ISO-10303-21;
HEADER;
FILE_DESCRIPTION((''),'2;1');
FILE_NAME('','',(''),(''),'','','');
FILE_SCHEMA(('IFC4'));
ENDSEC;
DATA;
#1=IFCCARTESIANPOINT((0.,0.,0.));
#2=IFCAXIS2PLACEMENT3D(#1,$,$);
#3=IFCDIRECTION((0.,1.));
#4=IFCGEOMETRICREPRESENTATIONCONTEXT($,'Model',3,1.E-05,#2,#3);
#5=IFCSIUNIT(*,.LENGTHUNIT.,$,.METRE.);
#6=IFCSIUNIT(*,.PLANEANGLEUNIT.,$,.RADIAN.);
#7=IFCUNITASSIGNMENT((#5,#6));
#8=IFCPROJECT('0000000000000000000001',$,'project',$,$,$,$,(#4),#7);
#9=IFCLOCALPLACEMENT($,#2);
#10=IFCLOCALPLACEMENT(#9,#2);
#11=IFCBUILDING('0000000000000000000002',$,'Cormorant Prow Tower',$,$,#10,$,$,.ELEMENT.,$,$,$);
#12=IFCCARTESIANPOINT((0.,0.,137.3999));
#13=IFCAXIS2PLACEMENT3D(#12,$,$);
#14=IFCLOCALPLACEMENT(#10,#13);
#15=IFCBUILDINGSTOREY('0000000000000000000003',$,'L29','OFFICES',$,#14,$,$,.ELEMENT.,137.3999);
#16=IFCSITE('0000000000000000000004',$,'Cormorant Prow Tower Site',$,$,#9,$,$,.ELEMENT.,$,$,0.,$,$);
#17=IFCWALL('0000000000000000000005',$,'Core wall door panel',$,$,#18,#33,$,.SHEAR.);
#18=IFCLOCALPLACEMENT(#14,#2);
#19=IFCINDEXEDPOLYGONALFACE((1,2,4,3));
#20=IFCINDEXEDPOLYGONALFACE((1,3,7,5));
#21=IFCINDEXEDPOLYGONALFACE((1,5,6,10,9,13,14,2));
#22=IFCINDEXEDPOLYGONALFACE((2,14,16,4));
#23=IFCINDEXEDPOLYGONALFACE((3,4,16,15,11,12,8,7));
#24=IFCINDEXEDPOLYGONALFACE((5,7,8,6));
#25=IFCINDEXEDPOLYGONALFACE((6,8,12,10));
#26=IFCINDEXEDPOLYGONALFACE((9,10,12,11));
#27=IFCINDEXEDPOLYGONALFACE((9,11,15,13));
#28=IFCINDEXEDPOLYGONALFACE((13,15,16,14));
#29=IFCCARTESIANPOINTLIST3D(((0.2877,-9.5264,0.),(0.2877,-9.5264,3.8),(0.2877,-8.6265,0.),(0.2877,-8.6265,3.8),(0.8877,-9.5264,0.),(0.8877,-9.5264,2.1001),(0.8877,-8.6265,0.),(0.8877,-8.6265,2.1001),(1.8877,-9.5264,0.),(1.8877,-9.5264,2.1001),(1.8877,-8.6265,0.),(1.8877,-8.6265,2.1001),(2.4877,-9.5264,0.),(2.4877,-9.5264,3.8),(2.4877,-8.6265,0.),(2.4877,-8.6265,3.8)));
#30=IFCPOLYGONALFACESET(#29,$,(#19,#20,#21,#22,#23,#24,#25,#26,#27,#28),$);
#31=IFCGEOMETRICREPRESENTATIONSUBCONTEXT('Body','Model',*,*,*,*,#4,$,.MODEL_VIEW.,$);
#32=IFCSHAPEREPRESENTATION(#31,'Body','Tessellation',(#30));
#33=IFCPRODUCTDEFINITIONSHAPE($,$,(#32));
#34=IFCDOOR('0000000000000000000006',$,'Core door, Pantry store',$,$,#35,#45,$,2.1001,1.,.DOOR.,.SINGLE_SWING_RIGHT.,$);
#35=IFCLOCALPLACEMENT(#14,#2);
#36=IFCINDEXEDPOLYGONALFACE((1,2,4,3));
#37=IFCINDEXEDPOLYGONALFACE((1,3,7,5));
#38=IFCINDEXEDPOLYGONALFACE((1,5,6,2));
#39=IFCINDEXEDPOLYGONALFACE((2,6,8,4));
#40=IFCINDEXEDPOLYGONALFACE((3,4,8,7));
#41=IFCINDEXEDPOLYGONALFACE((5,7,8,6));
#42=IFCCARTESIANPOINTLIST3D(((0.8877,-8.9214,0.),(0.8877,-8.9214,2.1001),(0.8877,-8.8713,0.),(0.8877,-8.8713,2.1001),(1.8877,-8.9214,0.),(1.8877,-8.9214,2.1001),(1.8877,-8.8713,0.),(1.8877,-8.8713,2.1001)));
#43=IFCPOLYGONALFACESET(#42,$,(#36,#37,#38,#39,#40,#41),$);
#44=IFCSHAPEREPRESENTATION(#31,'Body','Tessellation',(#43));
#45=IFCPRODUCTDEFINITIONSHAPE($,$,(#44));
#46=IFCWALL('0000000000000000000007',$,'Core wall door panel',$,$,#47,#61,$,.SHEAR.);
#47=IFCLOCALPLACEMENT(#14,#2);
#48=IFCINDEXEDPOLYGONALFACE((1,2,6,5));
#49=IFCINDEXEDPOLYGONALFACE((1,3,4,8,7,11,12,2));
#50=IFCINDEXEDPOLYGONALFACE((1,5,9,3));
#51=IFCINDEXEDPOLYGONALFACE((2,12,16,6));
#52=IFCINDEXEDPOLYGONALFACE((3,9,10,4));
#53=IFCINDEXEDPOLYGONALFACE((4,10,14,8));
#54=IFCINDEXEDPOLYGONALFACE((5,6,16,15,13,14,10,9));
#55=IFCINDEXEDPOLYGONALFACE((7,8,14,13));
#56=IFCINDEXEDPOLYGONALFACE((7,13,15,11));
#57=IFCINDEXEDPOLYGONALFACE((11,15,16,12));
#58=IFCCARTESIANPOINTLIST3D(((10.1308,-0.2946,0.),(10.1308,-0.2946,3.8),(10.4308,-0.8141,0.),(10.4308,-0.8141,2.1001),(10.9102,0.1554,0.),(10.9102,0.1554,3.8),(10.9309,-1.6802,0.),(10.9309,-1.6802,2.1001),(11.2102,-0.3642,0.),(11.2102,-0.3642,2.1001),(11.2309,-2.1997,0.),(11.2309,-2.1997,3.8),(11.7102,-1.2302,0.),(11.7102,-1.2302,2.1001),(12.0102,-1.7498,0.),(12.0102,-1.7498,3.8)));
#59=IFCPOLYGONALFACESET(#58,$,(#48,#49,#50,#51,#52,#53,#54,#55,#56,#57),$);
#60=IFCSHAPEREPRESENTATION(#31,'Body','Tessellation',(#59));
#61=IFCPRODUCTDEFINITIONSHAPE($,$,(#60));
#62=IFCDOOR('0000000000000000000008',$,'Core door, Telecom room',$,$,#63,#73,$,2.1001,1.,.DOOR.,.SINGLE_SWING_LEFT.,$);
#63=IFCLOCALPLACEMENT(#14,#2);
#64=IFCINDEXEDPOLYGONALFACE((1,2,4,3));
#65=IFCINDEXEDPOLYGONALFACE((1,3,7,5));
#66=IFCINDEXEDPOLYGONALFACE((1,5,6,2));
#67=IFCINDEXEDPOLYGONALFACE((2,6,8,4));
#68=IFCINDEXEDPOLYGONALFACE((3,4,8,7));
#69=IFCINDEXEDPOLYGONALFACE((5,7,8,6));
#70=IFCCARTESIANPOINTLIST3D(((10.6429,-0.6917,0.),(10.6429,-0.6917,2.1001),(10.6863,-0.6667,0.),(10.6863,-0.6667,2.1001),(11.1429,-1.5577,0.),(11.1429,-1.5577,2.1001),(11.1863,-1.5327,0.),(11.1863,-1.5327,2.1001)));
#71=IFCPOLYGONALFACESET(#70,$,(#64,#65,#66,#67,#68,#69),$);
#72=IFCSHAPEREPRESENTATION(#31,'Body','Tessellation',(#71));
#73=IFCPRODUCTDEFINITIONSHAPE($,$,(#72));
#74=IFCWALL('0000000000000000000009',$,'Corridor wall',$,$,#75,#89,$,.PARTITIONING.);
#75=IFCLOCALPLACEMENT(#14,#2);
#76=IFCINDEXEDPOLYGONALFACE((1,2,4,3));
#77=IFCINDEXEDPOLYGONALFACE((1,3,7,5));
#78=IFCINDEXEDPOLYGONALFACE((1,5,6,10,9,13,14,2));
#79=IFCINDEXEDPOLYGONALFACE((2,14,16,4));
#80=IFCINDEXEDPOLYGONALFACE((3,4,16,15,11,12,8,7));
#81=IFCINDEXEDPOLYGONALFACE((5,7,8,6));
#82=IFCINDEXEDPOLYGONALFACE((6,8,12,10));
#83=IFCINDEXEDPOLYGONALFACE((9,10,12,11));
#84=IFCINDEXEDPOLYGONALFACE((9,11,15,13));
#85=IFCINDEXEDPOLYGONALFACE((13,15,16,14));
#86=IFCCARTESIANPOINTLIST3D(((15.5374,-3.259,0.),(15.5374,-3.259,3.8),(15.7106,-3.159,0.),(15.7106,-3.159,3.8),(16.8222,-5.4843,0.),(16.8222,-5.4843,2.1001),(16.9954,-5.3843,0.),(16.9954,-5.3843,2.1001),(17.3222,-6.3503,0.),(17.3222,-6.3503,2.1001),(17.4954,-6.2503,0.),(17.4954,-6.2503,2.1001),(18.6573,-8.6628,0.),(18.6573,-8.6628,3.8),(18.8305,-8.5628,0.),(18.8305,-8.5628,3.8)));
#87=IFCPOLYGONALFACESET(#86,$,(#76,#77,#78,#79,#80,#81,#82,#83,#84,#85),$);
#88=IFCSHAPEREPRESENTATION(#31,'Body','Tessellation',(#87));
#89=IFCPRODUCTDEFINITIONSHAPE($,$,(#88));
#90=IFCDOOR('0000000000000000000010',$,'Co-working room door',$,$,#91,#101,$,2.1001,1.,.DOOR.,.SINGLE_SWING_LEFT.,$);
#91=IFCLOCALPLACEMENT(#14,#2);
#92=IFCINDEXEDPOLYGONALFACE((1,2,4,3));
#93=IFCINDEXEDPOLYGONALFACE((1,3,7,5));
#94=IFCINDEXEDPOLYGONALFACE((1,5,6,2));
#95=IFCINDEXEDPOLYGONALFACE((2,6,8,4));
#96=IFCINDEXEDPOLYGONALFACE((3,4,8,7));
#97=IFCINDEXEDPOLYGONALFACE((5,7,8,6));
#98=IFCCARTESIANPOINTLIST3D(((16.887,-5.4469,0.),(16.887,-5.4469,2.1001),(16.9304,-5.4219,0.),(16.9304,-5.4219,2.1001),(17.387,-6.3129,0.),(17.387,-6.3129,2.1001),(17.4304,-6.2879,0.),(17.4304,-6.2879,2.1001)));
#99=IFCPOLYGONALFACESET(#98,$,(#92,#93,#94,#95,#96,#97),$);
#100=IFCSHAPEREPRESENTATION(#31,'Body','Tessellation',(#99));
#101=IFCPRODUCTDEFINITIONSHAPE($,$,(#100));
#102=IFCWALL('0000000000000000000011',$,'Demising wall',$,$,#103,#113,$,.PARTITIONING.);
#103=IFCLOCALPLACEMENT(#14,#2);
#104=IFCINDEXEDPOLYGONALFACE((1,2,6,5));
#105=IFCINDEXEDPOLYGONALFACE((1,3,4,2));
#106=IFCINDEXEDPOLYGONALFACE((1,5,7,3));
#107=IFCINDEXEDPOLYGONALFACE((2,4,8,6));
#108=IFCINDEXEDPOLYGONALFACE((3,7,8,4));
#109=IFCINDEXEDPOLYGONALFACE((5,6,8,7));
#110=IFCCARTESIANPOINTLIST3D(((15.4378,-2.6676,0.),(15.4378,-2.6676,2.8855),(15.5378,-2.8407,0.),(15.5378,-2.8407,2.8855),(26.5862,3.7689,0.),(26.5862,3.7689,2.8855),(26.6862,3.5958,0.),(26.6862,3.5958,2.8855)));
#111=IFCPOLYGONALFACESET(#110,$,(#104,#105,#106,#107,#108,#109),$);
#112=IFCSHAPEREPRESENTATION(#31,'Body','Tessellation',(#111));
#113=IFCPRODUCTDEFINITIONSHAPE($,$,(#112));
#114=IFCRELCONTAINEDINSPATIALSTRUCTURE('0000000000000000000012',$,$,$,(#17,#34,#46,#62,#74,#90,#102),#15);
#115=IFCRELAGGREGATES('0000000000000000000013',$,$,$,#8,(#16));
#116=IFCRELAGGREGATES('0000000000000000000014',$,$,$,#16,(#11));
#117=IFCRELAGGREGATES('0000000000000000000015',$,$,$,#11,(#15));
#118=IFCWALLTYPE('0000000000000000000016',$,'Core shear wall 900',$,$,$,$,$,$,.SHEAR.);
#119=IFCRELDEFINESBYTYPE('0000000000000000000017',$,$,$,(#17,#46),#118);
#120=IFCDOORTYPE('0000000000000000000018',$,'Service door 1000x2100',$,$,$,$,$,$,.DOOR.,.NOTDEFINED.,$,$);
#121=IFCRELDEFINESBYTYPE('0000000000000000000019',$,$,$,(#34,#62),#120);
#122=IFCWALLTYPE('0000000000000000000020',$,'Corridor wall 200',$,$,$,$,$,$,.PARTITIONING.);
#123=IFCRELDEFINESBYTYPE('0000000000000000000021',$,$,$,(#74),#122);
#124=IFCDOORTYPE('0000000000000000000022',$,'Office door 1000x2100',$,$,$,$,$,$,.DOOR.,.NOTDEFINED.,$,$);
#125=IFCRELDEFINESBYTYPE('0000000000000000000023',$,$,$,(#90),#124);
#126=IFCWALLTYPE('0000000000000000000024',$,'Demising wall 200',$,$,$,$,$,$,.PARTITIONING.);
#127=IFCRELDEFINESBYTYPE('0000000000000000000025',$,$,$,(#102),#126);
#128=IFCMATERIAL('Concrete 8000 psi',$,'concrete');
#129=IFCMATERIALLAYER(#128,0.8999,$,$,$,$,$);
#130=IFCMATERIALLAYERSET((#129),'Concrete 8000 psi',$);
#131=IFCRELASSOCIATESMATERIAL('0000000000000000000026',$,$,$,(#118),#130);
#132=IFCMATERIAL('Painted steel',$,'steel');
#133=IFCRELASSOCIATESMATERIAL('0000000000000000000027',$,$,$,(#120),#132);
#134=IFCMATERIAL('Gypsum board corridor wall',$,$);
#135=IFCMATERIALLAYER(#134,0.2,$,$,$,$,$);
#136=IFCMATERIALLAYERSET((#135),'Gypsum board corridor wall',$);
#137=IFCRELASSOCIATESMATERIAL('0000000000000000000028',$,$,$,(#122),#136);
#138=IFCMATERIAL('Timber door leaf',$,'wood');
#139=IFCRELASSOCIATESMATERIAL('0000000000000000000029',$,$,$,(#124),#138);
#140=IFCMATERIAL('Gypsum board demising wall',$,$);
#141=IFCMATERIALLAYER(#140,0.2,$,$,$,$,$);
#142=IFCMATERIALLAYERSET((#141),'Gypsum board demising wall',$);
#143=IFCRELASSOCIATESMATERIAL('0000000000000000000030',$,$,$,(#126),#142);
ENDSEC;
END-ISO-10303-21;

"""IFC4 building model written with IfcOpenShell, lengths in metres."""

from ifc_helpers import new_model, si_unit, direction, frame, frame_2d, origin, place, context, subcontext, project, spatial, rectangle, extrude, material, layer, layer_set, type_object, element, fill, save


model = new_model("IFC4")

# Units and contexts
model_context = context("Model", 3, precision=1e-05, world=origin(), true_north=direction((0.0, 1.0)))
body_context = subcontext(model_context, "Body", "Model", "MODEL_VIEW")
ifc_project = project(units=[si_unit("LENGTHUNIT", "METRE"), si_unit("PLANEANGLEUNIT", "RADIAN")], contexts=[model_context])

# Site, building, storey
site_placement = place(None, origin())
site = spatial("IfcSite", under=ifc_project, at=site_placement, Name="Cormorant Prow Tower Site", CompositionType="ELEMENT", RefElevation=0.0)
building_placement = place(site_placement, origin())
building = spatial("IfcBuilding", under=site, at=building_placement, Name="Cormorant Prow Tower", CompositionType="ELEMENT")
storey_placement = place(building_placement, frame((0.0, 0.0, 137.3999)))
storey = spatial("IfcBuildingStorey", under=building, at=storey_placement, Name="L29", Description="OFFICES", CompositionType="ELEMENT", Elevation=137.3999)

# Shared definitions
ifc_material_1 = material(Name="Concrete 8000 psi", Category="concrete")
ifc_layer_1 = layer(ifc_material_1, 0.8999)
ifc_layer_set_1 = layer_set([ifc_layer_1], Name="Concrete 8000 psi")
wall_type_1 = type_object("IfcWallType", Name="Core shear wall 900", PredefinedType="SHEAR", material=ifc_layer_set_1)

# Walls, openings, doors
wall_1_placement = place(storey_placement, frame((0.2876, -9.0764, 0.0), z_axis=(0.0, 0.0, 1.0), x_axis=(1.0, 0.0, 0.0)))
wall_1 = element("IfcWall", 1, at=wall_1_placement, inside=storey, type_object=wall_type_1, Name="Core wall door panel", PredefinedType="SHEAR", context=body_context, shape_type="SweptSolid", body=[
    extrude(rectangle(XDim=2.2, YDim=0.8999, at=frame_2d((1.1001, 0.0))), origin(), (0.0, 0.0, 1.0), 3.8),
])
opening_1_placement = place(wall_1_placement, frame((0.6001, 0.0, 0.0)))
opening_1 = element("IfcOpeningElement", 2, at=opening_1_placement, cuts=wall_1, PredefinedType="OPENING", context=body_context, shape_type="SweptSolid", body=[
    extrude(rectangle(XDim=1.0, YDim=2.1001, at=frame_2d((0.5, 1.05))), frame((0.0, 0.46, 0.0), z_axis=(0.0, -1.0, 0.0), x_axis=(1.0, 0.0, 0.0)), (0.0, 0.0, 1.0), 0.9199),
])
ifc_material_2 = material(Name="Painted steel", Category="steel")
door_type_1 = type_object("IfcDoorType", Name="Service door 1000x2100", OperationType="NOTDEFINED", PredefinedType="DOOR", material=ifc_material_2)
door_1_placement = place(opening_1_placement, origin())
door_1 = element("IfcDoor", 3, at=door_1_placement, inside=storey, type_object=door_type_1, Name="Core door, Pantry store", OperationType="SINGLE_SWING_RIGHT", OverallHeight=2.1001, OverallWidth=1.0, PredefinedType="DOOR", context=body_context, shape_type="SweptSolid", body=[
    extrude(rectangle(XDim=1.0, YDim=2.1001, at=frame_2d((0.5, 1.05))), frame((0.0, 0.2051, 0.0), z_axis=(0.0, -1.0, 0.0), x_axis=(1.0, 0.0, 0.0)), (0.0, 0.0, 1.0), 0.05),
])
fill(opening_1, door_1)
wall_2_placement = place(storey_placement, frame((11.6206, -1.9749, 0.0), z_axis=(0.0, 0.0, 1.0), x_axis=(-0.50003, 0.866008, 0.0)))
wall_2 = element("IfcWall", 4, at=wall_2_placement, inside=storey, type_object=wall_type_1, Name="Core wall door panel", PredefinedType="SHEAR", context=body_context, shape_type="SweptSolid", body=[
    extrude(rectangle(XDim=2.2, YDim=0.8999, at=frame_2d((1.1001, 0.0))), origin(), (0.0, 0.0, 1.0), 3.8),
])
opening_2_placement = place(wall_2_placement, frame((0.6001, 0.0, 0.0)))
opening_2 = element("IfcOpeningElement", 5, at=opening_2_placement, cuts=wall_2, PredefinedType="OPENING", context=body_context, shape_type="SweptSolid", body=[
    extrude(rectangle(XDim=1.0, YDim=2.1001, at=frame_2d((0.5, 1.05))), frame((0.0, 0.46, 0.0), z_axis=(0.0, -1.0, 0.0), x_axis=(1.0, 0.0, 0.0)), (0.0, 0.0, 1.0), 0.9199),
])
door_2_placement = place(opening_2_placement, origin())
door_2 = element("IfcDoor", 6, at=door_2_placement, inside=storey, type_object=door_type_1, Name="Core door, Telecom room", OperationType="SINGLE_SWING_LEFT", OverallHeight=2.1001, OverallWidth=1.0, PredefinedType="DOOR", context=body_context, shape_type="SweptSolid", body=[
    extrude(rectangle(XDim=1.0, YDim=2.1001, at=frame_2d((0.5, 1.05))), frame((0.0, 0.2051, 0.0), z_axis=(0.0, -1.0, 0.0), x_axis=(1.0, 0.0, 0.0)), (0.0, 0.0, 1.0), 0.05),
])
fill(opening_2, door_2)
ifc_material_3 = material(Name="Gypsum board corridor wall")
ifc_layer_2 = layer(ifc_material_3, 0.2)
ifc_layer_set_2 = layer_set([ifc_layer_2], Name="Gypsum board corridor wall")
wall_type_2 = type_object("IfcWallType", Name="Corridor wall 200", PredefinedType="PARTITIONING", material=ifc_layer_set_2)
wall_3_placement = place(storey_placement, frame((15.624, -3.209, 0.0), z_axis=(0.0, 0.0, 1.0), x_axis=(0.499998, -0.866027, 0.0)))
wall_3 = element("IfcWall", 7, at=wall_3_placement, inside=storey, type_object=wall_type_2, Name="Corridor wall", PredefinedType="PARTITIONING", context=body_context, shape_type="SweptSolid", body=[
    extrude(rectangle(XDim=6.2397, YDim=0.2, at=frame_2d((3.1199, 0.0))), origin(), (0.0, 0.0, 1.0), 3.8),
])
opening_3_placement = place(wall_3_placement, frame((2.5696, 0.0, 0.0)))
opening_3 = element("IfcOpeningElement", 8, at=opening_3_placement, cuts=wall_3, PredefinedType="OPENING", context=body_context, shape_type="SweptSolid", body=[
    extrude(rectangle(XDim=1.0, YDim=2.1001, at=frame_2d((0.5, 1.05))), frame((0.0, 0.1099, 0.0), z_axis=(0.0, -1.0, 0.0), x_axis=(1.0, 0.0, 0.0)), (0.0, 0.0, 1.0), 0.22),
])
ifc_material_4 = material(Name="Timber door leaf", Category="wood")
door_type_2 = type_object("IfcDoorType", Name="Office door 1000x2100", OperationType="NOTDEFINED", PredefinedType="DOOR", material=ifc_material_4)
door_3_placement = place(opening_3_placement, origin())
door_3 = element("IfcDoor", 9, at=door_3_placement, inside=storey, type_object=door_type_2, Name="Co-working room door", OperationType="SINGLE_SWING_LEFT", OverallHeight=2.1001, OverallWidth=1.0, PredefinedType="DOOR", context=body_context, shape_type="SweptSolid", body=[
    extrude(rectangle(XDim=1.0, YDim=2.1001, at=frame_2d((0.5, 1.05))), frame((0.0, 0.0249, 0.0), z_axis=(0.0, -1.0, 0.0), x_axis=(1.0, 0.0, 0.0)), (0.0, 0.0, 1.0), 0.05),
])
fill(opening_3, door_3)

# Wall
ifc_material_5 = material(Name="Gypsum board demising wall")
ifc_layer_3 = layer(ifc_material_5, 0.2)
ifc_layer_set_3 = layer_set([ifc_layer_3], Name="Gypsum board demising wall")
wall_type_3 = type_object("IfcWallType", Name="Demising wall 200", PredefinedType="PARTITIONING", material=ifc_layer_set_3)
wall_4_placement = place(storey_placement, frame((15.4878, -2.7542, 0.0), z_axis=(0.0, 0.0, 1.0), x_axis=(0.866026, 0.499998, 0.0)))
element("IfcWall", 10, at=wall_4_placement, inside=storey, type_object=wall_type_3, Name="Demising wall", PredefinedType="PARTITIONING", context=body_context, shape_type="SweptSolid", body=[
    extrude(rectangle(XDim=12.873, YDim=0.2, at=frame_2d((6.4365, 0.0))), origin(), (0.0, 0.0, 1.0), 2.8855),
])

save(model, "model.ifc")
